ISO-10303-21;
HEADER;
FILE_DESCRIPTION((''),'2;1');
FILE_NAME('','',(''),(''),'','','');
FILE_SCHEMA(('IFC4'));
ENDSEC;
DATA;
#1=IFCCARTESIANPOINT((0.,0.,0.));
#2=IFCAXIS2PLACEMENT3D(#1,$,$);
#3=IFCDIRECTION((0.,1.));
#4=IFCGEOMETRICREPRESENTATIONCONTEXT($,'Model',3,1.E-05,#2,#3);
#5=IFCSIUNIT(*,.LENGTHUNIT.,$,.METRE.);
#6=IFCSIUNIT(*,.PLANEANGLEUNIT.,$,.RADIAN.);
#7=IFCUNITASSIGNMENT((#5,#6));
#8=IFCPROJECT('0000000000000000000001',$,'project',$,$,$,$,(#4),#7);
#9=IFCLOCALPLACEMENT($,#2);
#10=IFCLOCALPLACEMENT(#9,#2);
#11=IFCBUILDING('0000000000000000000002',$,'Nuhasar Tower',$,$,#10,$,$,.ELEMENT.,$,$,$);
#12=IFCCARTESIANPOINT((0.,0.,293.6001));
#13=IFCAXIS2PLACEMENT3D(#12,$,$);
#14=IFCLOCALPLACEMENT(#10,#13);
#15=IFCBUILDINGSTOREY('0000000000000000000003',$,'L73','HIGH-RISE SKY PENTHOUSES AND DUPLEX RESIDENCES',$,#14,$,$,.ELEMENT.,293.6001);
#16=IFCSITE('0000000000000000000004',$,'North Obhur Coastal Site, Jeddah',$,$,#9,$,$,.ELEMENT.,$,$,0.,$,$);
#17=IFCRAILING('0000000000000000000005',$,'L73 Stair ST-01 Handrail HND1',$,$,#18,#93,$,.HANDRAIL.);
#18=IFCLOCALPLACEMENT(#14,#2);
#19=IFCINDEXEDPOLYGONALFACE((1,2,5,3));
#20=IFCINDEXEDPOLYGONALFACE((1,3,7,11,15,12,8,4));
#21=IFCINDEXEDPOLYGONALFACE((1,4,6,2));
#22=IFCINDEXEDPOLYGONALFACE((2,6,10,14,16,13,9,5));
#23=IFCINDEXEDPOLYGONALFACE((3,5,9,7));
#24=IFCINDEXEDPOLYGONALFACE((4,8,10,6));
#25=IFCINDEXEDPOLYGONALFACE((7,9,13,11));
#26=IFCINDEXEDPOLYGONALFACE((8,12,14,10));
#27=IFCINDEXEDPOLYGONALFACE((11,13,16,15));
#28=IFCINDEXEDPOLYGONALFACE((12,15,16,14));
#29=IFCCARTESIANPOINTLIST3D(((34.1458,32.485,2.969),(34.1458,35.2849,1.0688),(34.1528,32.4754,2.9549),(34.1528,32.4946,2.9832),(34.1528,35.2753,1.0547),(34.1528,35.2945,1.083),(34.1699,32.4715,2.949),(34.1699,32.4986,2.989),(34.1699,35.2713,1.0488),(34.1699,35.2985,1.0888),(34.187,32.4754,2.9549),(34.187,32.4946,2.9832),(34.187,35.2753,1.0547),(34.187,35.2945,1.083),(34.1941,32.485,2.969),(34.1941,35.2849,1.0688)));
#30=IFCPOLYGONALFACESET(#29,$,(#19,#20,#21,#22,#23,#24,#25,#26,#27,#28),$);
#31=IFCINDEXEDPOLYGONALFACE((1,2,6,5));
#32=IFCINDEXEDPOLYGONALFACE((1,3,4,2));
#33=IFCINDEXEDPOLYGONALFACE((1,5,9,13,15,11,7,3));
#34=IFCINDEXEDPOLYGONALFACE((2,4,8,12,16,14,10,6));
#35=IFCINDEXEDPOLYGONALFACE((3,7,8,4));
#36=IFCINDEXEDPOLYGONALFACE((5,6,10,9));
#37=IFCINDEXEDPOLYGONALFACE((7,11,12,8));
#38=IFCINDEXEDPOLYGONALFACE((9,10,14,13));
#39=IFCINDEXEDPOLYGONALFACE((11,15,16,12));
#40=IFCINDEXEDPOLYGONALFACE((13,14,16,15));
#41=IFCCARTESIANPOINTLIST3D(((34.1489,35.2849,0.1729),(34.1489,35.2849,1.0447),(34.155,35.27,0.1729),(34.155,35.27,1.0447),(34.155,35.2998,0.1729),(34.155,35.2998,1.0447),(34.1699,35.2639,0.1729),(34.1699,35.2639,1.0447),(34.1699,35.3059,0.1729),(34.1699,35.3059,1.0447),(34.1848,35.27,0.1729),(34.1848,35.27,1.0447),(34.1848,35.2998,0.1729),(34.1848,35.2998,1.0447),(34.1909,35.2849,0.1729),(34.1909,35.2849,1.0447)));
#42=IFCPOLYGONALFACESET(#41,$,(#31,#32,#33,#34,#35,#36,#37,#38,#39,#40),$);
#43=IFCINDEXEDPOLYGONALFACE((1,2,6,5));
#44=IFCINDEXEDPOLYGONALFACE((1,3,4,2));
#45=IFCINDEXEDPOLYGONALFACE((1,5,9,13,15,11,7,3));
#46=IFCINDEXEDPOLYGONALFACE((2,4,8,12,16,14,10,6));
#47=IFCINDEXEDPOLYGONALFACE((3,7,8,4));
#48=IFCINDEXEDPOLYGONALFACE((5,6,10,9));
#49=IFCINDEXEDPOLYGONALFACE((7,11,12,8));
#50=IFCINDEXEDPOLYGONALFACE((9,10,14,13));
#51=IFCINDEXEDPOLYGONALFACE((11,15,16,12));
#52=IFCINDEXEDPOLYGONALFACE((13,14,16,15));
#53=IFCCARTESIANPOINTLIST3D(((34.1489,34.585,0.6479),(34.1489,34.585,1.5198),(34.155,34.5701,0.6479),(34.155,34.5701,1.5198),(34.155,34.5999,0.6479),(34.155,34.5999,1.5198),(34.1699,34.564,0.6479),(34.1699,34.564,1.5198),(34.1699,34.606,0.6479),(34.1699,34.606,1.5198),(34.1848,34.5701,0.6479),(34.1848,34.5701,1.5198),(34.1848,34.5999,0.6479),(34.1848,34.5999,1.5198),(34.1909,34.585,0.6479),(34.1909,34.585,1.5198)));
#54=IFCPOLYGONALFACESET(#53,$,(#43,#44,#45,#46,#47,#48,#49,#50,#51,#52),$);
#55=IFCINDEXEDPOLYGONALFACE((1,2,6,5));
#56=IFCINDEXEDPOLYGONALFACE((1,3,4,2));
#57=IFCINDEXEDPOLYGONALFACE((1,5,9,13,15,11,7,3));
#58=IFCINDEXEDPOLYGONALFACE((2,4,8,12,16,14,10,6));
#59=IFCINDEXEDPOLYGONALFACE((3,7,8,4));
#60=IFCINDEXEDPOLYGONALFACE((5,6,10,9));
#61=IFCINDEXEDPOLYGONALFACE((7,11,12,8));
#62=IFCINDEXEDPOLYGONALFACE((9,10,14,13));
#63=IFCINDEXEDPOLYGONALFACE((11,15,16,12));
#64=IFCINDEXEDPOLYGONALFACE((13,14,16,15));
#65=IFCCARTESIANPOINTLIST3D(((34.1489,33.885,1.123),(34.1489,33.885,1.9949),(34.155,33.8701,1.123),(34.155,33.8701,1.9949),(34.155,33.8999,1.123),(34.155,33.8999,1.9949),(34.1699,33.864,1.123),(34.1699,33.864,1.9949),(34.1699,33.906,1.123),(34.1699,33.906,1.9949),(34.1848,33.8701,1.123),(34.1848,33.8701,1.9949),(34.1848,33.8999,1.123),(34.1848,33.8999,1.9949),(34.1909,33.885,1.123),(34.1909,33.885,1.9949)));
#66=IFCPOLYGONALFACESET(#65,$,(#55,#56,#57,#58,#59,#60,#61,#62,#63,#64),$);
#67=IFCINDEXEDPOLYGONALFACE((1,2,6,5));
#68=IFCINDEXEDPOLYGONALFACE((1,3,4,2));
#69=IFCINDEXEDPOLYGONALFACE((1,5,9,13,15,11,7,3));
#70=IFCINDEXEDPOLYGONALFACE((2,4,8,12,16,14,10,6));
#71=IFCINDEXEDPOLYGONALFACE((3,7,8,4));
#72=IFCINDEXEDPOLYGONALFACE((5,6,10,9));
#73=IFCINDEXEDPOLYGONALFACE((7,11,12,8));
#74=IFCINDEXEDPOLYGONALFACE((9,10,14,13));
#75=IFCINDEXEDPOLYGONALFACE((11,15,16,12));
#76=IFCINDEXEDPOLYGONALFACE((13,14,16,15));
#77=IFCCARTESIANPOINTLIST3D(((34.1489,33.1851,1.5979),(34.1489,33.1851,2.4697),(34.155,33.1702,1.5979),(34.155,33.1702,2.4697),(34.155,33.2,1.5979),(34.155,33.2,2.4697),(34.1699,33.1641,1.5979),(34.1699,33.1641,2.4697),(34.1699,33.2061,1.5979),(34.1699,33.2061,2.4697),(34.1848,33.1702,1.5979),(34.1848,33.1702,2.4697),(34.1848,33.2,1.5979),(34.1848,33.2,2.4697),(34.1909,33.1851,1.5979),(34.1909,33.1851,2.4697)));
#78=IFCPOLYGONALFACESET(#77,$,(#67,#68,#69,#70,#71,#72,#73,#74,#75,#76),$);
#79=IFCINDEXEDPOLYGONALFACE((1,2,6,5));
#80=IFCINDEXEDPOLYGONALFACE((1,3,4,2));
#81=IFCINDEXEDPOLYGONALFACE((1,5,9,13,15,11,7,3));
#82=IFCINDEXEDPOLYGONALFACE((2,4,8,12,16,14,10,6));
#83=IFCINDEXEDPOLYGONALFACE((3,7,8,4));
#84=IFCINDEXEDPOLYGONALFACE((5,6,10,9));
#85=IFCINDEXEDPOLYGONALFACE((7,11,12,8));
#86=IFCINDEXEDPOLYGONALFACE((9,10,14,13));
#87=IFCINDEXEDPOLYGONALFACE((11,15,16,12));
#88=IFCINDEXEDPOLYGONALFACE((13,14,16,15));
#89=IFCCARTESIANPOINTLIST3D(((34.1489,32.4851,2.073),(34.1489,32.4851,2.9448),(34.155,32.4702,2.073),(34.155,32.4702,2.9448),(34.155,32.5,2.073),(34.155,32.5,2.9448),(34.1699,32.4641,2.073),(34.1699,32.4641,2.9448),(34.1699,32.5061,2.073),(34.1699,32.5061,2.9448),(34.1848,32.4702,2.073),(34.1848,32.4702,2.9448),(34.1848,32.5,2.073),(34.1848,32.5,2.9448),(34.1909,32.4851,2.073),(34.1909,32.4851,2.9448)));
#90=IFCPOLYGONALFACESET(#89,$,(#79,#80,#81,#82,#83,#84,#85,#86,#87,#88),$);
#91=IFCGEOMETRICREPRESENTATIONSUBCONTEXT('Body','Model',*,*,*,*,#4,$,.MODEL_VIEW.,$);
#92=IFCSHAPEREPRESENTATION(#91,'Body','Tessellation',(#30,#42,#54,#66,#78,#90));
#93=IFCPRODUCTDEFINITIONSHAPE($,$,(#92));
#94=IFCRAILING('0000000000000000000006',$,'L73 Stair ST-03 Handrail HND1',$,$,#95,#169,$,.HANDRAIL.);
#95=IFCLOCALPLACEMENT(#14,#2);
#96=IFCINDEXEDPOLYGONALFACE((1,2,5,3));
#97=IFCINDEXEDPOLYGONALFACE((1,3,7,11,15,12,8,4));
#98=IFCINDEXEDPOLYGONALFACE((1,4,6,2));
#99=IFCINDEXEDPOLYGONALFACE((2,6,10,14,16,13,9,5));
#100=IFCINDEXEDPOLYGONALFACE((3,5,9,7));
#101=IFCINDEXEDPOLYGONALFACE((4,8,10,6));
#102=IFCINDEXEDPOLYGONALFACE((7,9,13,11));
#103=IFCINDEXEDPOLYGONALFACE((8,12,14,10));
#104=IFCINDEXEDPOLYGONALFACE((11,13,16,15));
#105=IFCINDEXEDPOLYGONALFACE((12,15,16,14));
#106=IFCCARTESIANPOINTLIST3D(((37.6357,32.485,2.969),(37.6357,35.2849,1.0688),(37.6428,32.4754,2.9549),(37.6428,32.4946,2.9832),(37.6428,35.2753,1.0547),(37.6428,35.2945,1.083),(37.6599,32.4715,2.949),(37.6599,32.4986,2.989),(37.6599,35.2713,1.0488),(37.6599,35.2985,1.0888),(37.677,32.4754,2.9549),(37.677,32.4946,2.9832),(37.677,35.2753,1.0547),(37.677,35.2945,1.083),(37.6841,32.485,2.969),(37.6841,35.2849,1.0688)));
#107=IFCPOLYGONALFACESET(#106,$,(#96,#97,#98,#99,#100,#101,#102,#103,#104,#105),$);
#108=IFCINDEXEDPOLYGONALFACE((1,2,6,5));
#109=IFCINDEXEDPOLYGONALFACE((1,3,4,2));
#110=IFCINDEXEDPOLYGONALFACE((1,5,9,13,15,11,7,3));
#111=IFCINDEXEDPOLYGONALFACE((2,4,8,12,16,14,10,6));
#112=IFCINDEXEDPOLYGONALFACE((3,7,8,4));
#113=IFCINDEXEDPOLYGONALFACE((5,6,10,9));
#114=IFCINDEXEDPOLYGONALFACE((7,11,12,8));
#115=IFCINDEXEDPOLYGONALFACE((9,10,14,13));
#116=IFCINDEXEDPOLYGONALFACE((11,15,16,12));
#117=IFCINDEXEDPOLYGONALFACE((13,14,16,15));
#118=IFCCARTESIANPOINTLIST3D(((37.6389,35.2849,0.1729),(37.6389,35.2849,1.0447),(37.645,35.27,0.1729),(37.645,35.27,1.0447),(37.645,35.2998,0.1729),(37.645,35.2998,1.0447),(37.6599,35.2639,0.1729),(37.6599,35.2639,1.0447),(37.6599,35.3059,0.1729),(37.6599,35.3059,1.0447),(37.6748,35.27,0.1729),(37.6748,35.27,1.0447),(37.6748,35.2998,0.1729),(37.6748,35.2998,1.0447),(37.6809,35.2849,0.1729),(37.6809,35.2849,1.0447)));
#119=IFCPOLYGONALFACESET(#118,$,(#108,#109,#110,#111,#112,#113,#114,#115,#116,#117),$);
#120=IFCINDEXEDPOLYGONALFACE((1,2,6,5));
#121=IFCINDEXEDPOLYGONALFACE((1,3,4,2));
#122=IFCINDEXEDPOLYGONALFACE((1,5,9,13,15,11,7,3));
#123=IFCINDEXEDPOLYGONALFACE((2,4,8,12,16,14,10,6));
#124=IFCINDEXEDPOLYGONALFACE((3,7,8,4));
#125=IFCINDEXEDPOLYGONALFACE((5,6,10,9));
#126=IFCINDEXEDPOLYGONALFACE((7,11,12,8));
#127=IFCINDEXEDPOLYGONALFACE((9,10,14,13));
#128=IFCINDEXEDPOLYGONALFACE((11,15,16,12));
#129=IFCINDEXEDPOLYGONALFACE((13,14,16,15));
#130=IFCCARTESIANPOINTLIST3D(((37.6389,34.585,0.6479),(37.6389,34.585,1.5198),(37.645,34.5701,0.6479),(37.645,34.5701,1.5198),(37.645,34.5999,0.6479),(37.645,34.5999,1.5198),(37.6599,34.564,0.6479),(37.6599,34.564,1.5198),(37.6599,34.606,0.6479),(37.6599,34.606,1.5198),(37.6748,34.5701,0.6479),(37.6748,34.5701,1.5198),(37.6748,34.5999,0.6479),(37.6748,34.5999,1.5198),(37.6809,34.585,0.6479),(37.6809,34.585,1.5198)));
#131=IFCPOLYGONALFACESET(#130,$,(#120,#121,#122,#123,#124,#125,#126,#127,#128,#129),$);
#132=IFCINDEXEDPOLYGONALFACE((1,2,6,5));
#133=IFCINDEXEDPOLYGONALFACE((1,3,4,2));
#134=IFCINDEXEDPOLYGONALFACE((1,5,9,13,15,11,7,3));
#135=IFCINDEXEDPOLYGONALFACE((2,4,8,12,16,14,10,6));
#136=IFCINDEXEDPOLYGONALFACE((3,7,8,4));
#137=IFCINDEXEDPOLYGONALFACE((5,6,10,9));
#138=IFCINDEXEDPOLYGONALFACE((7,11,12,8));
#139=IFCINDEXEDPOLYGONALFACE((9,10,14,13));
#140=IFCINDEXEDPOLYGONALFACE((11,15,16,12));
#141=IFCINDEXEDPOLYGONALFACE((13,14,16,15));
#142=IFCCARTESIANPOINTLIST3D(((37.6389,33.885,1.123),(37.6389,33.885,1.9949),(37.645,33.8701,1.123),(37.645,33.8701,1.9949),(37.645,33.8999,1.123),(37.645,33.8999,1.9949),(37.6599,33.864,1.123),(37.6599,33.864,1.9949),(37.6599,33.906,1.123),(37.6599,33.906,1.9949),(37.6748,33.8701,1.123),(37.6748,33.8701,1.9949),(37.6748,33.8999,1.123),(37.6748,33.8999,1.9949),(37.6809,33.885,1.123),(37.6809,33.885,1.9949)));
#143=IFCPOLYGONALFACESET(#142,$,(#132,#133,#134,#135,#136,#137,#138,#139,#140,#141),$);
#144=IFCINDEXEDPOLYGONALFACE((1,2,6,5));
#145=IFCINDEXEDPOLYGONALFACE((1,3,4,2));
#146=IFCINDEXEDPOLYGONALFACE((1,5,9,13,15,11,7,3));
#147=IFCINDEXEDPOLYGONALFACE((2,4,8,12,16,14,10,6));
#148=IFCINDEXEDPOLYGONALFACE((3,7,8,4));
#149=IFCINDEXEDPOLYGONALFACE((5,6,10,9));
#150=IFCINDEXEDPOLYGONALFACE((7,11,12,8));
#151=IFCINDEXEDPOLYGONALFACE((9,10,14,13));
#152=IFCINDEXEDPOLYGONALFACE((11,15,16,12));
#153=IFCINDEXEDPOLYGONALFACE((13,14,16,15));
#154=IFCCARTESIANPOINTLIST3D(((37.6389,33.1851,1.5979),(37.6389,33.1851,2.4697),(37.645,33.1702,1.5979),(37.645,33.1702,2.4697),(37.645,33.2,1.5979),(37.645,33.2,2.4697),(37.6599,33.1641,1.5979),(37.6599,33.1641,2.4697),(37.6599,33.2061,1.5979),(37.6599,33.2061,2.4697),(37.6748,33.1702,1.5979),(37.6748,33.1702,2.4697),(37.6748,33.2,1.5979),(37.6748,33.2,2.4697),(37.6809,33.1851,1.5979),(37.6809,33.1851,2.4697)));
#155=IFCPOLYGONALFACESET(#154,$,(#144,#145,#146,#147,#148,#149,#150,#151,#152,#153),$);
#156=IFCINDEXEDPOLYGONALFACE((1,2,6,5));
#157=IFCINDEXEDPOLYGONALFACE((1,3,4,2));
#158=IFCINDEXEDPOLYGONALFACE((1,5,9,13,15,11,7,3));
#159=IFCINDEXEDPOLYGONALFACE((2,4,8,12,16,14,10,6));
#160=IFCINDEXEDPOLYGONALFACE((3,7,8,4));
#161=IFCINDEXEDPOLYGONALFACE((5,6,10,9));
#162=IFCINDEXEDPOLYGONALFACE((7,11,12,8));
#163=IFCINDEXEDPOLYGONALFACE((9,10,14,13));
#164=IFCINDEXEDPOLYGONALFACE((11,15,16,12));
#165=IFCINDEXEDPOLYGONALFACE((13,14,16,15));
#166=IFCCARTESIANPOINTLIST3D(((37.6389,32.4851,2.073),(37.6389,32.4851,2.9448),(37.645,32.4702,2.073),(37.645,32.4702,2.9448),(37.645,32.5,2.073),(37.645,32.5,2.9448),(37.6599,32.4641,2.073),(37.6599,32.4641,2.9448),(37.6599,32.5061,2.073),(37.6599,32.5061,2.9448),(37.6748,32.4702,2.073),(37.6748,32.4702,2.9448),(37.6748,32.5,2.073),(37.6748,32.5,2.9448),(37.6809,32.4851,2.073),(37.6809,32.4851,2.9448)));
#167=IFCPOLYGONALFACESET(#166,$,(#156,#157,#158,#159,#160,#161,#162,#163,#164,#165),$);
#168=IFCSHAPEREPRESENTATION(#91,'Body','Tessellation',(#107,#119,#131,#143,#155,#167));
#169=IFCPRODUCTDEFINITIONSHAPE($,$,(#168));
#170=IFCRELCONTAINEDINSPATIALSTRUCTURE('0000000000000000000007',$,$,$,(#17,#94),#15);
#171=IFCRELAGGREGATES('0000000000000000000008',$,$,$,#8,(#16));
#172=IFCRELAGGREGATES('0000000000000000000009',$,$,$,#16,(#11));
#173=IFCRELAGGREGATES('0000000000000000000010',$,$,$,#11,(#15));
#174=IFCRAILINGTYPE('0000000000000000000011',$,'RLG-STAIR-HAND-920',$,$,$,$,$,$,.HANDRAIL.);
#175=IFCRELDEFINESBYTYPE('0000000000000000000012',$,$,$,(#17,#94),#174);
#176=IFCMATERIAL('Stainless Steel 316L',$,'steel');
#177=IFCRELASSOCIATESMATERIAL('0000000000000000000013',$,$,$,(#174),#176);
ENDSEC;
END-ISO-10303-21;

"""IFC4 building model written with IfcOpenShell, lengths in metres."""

from ifc_helpers import new_model, si_unit, direction, frame, origin, place, context, subcontext, project, spatial, polyline, outline, extrude, material, type_object, element, save


model = new_model("IFC4")

# Units and contexts
model_context = context("Model", 3, precision=1e-05, world=origin(), true_north=direction((0.0, 1.0)))
body_context = subcontext(model_context, "Body", "Model", "MODEL_VIEW")
ifc_project = project(units=[si_unit("LENGTHUNIT", "METRE"), si_unit("PLANEANGLEUNIT", "RADIAN")], contexts=[model_context])

# Site, building, storey
site_placement = place(None, origin())
site = spatial("IfcSite", under=ifc_project, at=site_placement, Name="North Obhur Coastal Site, Jeddah", CompositionType="ELEMENT", RefElevation=0.0)
building_placement = place(site_placement, origin())
building = spatial("IfcBuilding", under=site, at=building_placement, Name="Nuhasar Tower", CompositionType="ELEMENT")
storey_placement = place(building_placement, frame((0.0, 0.0, 293.6001)))
storey = spatial("IfcBuildingStorey", under=building, at=storey_placement, Name="L73", Description="HIGH-RISE SKY PENTHOUSES AND DUPLEX RESIDENCES", CompositionType="ELEMENT", Elevation=293.6001)

# Railings
ifc_material_1 = material(Name="Stainless Steel 316L", Category="steel")
railing_type_1 = type_object("IfcRailingType", Name="RLG-STAIR-HAND-920", PredefinedType="HANDRAIL", material=ifc_material_1)
railing_1_placement = place(storey_placement, frame((34.1699, 35.2849, 0.1729)))
element("IfcRailing", 1, at=railing_1_placement, inside=storey, type_object=railing_type_1, Name="L73 Stair ST-01 Handrail HND1", PredefinedType="HANDRAIL", context=body_context, shape_type="SweptSolid", body=[
    extrude(outline(polyline([(0.0242, 0.0), (0.0171, 0.0171), (0.0, 0.0242), (-0.0171, 0.0171), (-0.0242, 0.0), (-0.0171, -0.0171), (0.0, -0.0242), (0.0171, -0.0171), (0.0242, 0.0)])), frame((0.0, 0.0, 0.896), z_axis=(0.0, -0.827437, 0.561558), x_axis=(1.0, 0.0, 0.0)), (0.0, 0.0, 1.0), 3.3838),
    extrude(outline(polyline([(0.021, 0.0), (0.0149, 0.0149), (0.0, 0.021), (-0.0149, 0.0149), (-0.021, 0.0), (-0.0149, -0.0149), (0.0, -0.021), (0.0149, -0.0149), (0.021, 0.0)])), origin(), (0.0, 0.0, 1.0), 0.8718),
    extrude(outline(polyline([(0.021, 0.0), (0.0149, 0.0149), (0.0, 0.021), (-0.0149, 0.0149), (-0.021, 0.0), (-0.0149, -0.0149), (0.0, -0.021), (0.0149, -0.0149), (0.021, 0.0)])), frame((0.0, -0.7, 0.4751)), (0.0, 0.0, 1.0), 0.8718),
    extrude(outline(polyline([(0.021, 0.0), (0.0149, 0.0149), (0.0, 0.021), (-0.0149, 0.0149), (-0.021, 0.0), (-0.0149, -0.0149), (0.0, -0.021), (0.0149, -0.0149), (0.021, 0.0)])), frame((0.0, -1.3999, 0.9502)), (0.0, 0.0, 1.0), 0.8718),
    extrude(outline(polyline([(0.021, 0.0), (0.0149, 0.0149), (0.0, 0.021), (-0.0149, 0.0149), (-0.021, 0.0), (-0.0149, -0.0149), (0.0, -0.021), (0.0149, -0.0149), (0.021, 0.0)])), frame((0.0, -2.0999, 1.425)), (0.0, 0.0, 1.0), 0.8718),
    extrude(outline(polyline([(0.021, 0.0), (0.0149, 0.0149), (0.0, 0.021), (-0.0149, 0.0149), (-0.021, 0.0), (-0.0149, -0.0149), (0.0, -0.021), (0.0149, -0.0149), (0.021, 0.0)])), frame((0.0, -2.7998, 1.9001)), (0.0, 0.0, 1.0), 0.8718),
])
railing_2_placement = place(storey_placement, frame((37.6599, 35.2849, 0.1729)))
element("IfcRailing", 2, at=railing_2_placement, inside=storey, type_object=railing_type_1, Name="L73 Stair ST-03 Handrail HND1", PredefinedType="HANDRAIL", context=body_context, shape_type="SweptSolid", body=[
    extrude(outline(polyline([(0.0242, 0.0), (0.0171, 0.0171), (0.0, 0.0242), (-0.0171, 0.0171), (-0.0242, 0.0), (-0.0171, -0.0171), (0.0, -0.0242), (0.0171, -0.0171), (0.0242, 0.0)])), frame((0.0, 0.0, 0.896), z_axis=(0.0, -0.827437, 0.561558), x_axis=(1.0, 0.0, 0.0)), (0.0, 0.0, 1.0), 3.3838),
    extrude(outline(polyline([(0.021, 0.0), (0.0149, 0.0149), (0.0, 0.021), (-0.0149, 0.0149), (-0.021, 0.0), (-0.0149, -0.0149), (0.0, -0.021), (0.0149, -0.0149), (0.021, 0.0)])), origin(), (0.0, 0.0, 1.0), 0.8718),
    extrude(outline(polyline([(0.021, 0.0), (0.0149, 0.0149), (0.0, 0.021), (-0.0149, 0.0149), (-0.021, 0.0), (-0.0149, -0.0149), (0.0, -0.021), (0.0149, -0.0149), (0.021, 0.0)])), frame((0.0, -0.7, 0.4751)), (0.0, 0.0, 1.0), 0.8718),
    extrude(outline(polyline([(0.021, 0.0), (0.0149, 0.0149), (0.0, 0.021), (-0.0149, 0.0149), (-0.021, 0.0), (-0.0149, -0.0149), (0.0, -0.021), (0.0149, -0.0149), (0.021, 0.0)])), frame((0.0, -1.3999, 0.9502)), (0.0, 0.0, 1.0), 0.8718),
    extrude(outline(polyline([(0.021, 0.0), (0.0149, 0.0149), (0.0, 0.021), (-0.0149, 0.0149), (-0.021, 0.0), (-0.0149, -0.0149), (0.0, -0.021), (0.0149, -0.0149), (0.021, 0.0)])), frame((0.0, -2.0999, 1.425)), (0.0, 0.0, 1.0), 0.8718),
    extrude(outline(polyline([(0.021, 0.0), (0.0149, 0.0149), (0.0, 0.021), (-0.0149, 0.0149), (-0.021, 0.0), (-0.0149, -0.0149), (0.0, -0.021), (0.0149, -0.0149), (0.021, 0.0)])), frame((0.0, -2.7998, 1.9001)), (0.0, 0.0, 1.0), 0.8718),
])

save(model, "model.ifc")
